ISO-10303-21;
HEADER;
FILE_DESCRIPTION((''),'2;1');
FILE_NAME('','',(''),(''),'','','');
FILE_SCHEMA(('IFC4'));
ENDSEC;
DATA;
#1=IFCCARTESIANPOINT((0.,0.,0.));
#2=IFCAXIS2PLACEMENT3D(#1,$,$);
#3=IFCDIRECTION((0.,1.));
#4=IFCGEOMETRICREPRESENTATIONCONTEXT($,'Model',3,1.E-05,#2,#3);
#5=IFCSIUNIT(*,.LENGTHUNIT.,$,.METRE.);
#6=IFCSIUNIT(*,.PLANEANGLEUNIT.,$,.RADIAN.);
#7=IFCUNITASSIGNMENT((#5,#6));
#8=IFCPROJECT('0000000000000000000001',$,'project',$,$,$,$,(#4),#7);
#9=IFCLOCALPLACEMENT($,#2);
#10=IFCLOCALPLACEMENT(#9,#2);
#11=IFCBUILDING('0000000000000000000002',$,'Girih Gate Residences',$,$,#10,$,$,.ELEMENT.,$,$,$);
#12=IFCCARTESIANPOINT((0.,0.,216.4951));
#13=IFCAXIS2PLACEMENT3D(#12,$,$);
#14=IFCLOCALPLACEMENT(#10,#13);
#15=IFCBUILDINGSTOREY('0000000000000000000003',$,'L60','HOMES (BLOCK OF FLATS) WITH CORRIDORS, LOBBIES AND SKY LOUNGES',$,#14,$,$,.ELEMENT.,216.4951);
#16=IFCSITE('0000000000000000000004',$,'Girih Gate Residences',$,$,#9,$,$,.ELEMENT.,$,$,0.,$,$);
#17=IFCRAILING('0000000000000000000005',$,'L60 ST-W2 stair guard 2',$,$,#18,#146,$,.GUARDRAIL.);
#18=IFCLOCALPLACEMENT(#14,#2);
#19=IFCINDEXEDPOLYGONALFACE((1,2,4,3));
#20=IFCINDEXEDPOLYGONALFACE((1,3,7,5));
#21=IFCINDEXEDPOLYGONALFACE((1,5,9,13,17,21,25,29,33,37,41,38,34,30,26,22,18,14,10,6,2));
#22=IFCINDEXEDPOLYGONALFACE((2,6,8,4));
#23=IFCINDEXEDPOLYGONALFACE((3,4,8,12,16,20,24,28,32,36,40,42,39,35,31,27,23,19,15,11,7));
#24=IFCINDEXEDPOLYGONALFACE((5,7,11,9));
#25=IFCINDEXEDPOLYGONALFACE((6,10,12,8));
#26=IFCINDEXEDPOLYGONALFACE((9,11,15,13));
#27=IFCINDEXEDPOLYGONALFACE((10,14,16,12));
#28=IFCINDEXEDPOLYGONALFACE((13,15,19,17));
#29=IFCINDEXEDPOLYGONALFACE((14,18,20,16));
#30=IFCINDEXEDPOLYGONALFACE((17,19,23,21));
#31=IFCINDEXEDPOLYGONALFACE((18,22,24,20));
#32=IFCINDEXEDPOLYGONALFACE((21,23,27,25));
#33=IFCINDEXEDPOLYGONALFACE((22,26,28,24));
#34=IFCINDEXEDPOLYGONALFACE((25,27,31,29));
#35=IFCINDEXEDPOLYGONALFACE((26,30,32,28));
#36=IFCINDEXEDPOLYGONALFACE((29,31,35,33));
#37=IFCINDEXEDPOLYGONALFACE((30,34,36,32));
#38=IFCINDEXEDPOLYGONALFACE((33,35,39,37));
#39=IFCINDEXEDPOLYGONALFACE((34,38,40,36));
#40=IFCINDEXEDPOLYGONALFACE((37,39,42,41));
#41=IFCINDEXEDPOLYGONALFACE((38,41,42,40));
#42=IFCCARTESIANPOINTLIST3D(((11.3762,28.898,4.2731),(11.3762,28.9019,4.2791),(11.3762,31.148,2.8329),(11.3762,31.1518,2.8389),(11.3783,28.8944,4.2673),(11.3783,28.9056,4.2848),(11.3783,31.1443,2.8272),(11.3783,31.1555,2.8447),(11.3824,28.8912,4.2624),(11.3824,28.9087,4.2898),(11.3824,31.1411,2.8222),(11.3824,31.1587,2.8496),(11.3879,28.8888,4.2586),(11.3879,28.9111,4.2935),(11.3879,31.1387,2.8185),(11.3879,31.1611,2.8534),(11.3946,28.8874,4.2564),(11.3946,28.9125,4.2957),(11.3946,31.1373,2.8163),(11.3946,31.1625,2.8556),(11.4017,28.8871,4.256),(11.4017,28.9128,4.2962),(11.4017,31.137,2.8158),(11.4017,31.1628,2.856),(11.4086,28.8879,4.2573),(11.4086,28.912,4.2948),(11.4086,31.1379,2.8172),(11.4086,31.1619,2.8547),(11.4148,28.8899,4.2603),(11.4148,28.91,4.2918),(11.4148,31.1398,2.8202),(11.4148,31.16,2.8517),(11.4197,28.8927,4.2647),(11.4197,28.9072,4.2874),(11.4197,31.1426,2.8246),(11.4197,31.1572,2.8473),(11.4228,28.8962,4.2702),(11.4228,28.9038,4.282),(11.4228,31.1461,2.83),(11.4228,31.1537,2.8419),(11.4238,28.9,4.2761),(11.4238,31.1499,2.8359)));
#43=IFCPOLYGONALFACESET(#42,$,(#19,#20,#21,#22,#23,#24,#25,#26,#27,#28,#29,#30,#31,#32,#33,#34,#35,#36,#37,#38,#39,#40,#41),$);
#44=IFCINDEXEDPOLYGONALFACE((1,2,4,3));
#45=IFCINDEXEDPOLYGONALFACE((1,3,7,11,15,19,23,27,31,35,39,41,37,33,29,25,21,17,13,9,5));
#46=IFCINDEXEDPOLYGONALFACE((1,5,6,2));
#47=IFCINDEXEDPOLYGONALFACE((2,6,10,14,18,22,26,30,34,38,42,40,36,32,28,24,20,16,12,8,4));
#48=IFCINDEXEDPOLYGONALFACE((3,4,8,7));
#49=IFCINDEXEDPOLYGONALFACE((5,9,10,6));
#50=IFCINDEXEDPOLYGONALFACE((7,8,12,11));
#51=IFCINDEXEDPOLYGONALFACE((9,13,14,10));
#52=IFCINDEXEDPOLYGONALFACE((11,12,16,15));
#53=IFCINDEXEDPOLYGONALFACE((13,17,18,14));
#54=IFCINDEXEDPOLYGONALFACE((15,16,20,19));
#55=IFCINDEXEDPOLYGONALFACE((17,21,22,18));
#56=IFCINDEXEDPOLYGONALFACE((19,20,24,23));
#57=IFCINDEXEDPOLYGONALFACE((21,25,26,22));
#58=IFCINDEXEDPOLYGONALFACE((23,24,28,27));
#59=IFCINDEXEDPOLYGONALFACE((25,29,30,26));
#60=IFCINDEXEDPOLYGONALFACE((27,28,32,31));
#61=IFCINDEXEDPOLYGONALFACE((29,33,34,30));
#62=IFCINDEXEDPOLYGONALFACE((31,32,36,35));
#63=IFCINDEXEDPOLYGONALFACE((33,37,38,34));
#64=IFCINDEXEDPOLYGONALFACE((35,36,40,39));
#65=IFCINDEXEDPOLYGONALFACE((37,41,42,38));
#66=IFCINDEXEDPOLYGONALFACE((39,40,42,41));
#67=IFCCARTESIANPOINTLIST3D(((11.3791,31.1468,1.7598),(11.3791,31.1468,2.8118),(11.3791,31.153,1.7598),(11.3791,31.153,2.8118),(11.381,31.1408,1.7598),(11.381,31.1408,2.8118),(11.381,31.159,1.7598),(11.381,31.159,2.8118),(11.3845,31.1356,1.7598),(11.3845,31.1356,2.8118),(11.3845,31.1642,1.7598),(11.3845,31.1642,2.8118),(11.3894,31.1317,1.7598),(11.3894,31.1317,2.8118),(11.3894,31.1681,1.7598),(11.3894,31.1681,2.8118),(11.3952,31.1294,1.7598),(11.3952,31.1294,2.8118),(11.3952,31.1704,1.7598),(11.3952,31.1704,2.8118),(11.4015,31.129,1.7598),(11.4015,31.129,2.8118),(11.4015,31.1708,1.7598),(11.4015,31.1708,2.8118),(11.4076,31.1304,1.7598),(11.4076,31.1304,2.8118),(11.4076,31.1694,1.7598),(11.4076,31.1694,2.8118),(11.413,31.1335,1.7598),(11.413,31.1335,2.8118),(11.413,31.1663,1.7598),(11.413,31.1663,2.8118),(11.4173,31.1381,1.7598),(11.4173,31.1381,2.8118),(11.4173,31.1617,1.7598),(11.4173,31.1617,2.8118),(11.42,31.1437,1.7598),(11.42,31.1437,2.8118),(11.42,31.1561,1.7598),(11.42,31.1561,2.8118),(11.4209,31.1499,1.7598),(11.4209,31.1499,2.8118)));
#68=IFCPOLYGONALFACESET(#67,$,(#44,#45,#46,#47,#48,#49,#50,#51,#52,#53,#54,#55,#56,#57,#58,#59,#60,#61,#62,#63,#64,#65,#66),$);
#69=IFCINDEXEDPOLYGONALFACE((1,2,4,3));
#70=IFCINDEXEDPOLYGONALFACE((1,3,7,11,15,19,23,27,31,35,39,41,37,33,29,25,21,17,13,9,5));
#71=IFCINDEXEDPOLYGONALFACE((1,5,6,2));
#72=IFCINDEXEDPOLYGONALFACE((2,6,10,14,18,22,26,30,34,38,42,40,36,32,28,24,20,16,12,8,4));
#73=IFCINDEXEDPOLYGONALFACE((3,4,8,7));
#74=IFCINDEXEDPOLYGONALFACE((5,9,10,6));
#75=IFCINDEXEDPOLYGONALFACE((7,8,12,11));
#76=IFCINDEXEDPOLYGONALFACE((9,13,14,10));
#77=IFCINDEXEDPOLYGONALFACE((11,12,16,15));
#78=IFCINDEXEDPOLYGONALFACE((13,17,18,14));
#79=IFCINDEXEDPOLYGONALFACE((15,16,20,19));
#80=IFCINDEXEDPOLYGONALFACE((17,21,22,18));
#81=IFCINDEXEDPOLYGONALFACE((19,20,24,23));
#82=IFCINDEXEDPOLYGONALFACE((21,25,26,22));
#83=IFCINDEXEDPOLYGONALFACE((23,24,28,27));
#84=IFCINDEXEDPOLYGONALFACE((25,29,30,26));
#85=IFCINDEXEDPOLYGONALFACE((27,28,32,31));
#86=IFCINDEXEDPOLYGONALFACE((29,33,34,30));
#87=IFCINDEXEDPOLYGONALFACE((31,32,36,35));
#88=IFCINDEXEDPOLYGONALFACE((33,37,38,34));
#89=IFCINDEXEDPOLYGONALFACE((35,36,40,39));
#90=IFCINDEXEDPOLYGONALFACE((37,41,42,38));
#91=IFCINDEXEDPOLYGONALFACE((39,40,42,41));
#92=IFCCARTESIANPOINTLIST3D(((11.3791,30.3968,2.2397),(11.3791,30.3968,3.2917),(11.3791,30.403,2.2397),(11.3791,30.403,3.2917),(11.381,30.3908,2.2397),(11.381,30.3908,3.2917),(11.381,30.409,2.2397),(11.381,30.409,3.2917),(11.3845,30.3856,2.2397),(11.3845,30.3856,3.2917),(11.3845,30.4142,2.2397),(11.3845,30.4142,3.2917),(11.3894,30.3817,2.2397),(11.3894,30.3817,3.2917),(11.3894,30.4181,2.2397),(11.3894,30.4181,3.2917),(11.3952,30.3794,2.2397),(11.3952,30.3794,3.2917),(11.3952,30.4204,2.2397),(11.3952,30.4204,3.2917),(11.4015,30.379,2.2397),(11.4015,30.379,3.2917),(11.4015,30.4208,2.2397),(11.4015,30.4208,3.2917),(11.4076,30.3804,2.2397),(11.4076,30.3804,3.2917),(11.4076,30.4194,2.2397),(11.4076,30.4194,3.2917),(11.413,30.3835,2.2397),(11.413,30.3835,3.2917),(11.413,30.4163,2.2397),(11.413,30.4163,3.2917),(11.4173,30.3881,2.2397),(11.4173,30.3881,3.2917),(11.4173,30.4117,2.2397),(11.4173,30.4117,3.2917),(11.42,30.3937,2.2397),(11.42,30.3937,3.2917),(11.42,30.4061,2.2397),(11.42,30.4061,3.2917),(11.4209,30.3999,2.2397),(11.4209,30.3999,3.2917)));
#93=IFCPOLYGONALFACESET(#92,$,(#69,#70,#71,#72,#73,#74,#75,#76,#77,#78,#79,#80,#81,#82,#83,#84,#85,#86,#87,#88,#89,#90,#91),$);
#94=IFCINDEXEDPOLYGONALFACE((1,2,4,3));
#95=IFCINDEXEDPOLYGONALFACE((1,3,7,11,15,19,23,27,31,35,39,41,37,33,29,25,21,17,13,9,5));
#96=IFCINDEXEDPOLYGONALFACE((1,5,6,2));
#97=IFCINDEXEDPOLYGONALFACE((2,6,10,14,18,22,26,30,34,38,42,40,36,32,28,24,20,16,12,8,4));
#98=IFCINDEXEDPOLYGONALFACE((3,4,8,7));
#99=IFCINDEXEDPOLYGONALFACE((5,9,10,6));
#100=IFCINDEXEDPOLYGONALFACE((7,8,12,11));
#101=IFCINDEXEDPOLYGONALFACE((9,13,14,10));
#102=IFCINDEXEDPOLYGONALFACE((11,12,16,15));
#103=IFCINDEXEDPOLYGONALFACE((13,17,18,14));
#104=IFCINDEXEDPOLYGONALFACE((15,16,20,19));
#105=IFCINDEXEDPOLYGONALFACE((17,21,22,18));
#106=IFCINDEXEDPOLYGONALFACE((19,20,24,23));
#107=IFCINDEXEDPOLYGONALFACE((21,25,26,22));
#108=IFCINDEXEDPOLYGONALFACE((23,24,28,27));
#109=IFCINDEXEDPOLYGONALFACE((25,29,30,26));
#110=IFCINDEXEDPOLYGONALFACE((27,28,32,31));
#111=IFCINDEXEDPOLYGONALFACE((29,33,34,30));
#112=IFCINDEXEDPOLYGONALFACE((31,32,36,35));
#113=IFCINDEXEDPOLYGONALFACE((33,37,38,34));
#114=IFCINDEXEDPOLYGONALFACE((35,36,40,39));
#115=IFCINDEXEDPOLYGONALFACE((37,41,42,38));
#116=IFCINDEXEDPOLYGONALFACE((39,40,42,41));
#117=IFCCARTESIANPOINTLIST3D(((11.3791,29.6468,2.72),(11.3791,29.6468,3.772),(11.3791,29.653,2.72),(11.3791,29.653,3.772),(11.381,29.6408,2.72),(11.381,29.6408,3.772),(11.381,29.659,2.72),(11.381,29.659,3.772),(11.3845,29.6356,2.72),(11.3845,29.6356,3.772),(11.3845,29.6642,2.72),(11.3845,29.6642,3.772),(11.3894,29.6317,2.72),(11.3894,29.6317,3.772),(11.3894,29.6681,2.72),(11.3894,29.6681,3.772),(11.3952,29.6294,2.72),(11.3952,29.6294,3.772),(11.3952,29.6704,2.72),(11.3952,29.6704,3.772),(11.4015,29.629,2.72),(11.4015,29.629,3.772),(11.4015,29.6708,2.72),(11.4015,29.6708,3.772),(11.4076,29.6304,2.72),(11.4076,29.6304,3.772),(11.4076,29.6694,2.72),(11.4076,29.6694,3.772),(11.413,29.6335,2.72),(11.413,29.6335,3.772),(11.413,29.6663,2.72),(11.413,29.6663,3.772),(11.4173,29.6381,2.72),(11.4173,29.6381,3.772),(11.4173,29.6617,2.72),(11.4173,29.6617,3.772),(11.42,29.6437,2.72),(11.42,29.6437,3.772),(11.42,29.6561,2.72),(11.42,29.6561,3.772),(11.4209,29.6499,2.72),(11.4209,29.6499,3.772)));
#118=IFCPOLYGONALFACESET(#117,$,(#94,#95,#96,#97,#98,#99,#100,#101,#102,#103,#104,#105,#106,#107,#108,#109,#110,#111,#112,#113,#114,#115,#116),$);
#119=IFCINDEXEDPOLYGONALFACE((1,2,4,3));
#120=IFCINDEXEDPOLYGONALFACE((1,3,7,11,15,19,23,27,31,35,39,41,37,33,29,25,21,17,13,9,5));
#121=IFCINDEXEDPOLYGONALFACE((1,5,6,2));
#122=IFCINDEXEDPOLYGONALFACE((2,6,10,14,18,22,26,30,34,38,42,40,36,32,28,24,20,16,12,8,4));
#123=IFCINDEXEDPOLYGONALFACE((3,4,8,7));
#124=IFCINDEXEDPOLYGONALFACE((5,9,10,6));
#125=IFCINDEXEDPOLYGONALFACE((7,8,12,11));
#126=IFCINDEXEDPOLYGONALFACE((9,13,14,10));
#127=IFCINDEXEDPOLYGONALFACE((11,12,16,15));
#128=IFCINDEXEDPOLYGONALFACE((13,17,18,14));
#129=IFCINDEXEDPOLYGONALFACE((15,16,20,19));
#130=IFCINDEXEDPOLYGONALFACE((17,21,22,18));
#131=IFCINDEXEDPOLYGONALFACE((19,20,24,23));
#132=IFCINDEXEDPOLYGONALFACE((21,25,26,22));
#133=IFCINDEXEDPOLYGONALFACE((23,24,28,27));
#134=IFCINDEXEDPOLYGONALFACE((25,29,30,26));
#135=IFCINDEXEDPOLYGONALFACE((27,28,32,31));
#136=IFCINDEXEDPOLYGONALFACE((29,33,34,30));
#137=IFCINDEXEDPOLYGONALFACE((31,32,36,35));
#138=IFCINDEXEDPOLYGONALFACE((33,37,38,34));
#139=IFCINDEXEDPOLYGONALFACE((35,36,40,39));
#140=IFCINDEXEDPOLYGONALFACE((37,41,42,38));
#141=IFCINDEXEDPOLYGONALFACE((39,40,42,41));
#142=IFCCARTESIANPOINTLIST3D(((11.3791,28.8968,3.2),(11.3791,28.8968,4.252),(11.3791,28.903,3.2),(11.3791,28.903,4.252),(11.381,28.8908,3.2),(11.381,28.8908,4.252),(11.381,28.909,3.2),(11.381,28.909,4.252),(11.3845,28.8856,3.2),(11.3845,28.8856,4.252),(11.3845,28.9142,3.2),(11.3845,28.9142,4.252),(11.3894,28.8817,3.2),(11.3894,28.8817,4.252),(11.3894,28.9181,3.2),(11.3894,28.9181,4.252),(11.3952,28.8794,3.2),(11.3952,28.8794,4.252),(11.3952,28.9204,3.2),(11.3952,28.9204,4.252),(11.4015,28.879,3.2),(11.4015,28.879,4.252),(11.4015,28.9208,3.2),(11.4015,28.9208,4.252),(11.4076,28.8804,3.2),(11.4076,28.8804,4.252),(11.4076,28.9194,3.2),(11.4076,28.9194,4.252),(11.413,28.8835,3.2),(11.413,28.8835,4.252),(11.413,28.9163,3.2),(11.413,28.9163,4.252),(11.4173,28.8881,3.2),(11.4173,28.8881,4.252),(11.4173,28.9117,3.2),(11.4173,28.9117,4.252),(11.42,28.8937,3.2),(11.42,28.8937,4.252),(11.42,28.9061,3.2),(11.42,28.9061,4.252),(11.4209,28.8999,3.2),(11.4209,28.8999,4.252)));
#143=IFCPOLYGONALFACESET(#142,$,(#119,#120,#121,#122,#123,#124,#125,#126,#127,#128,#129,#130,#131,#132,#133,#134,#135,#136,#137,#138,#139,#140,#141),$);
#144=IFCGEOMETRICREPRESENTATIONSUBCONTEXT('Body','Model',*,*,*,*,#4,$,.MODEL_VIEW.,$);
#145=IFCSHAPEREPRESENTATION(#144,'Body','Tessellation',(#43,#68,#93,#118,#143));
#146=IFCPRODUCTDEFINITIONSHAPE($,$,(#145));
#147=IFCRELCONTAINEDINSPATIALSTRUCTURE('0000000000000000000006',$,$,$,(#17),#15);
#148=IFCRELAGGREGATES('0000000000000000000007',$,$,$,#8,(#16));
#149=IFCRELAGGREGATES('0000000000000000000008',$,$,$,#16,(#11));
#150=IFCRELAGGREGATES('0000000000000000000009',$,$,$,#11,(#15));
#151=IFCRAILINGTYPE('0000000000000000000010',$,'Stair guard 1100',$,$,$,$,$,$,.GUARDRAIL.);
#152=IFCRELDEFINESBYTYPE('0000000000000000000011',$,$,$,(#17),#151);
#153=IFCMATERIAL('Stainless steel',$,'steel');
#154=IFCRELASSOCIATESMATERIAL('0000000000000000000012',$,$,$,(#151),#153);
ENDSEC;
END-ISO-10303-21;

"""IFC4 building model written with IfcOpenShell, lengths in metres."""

from ifc_helpers import new_model, si_unit, direction, frame, origin, origin_2d, place, context, subcontext, project, spatial, circle, extrude, material, type_object, element, save


model = new_model("IFC4")

# Units and contexts
model_context = context("Model", 3, precision=1e-05, world=origin(), true_north=direction((0.0, 1.0)))
body_context = subcontext(model_context, "Body", "Model", "MODEL_VIEW")
ifc_project = project(units=[si_unit("LENGTHUNIT", "METRE"), si_unit("PLANEANGLEUNIT", "RADIAN")], contexts=[model_context])

# Site, building, storey
site_placement = place(None, origin())
site = spatial("IfcSite", under=ifc_project, at=site_placement, Name="Girih Gate Residences", CompositionType="ELEMENT", RefElevation=0.0)
building_placement = place(site_placement, origin())
building = spatial("IfcBuilding", under=site, at=building_placement, Name="Girih Gate Residences", CompositionType="ELEMENT")
storey_placement = place(building_placement, frame((0.0, 0.0, 216.4951)))
storey = spatial("IfcBuildingStorey", under=building, at=storey_placement, Name="L60", Description="HOMES (BLOCK OF FLATS) WITH CORRIDORS, LOBBIES AND SKY LOUNGES", CompositionType="ELEMENT", Elevation=216.4951)

# Railing
ifc_material_1 = material(Name="Stainless steel", Category="steel")
railing_type_1 = type_object("IfcRailingType", Name="Stair guard 1100", PredefinedType="GUARDRAIL", material=ifc_material_1)
railing_1_placement = place(storey_placement, frame((11.3999, 31.1499, 1.7598)))
element("IfcRailing", 1, at=railing_1_placement, inside=storey, type_object=railing_type_1, Name="L60 ST-W2 stair guard 2", PredefinedType="GUARDRAIL", context=body_context, shape_type="SweptSolid", body=[
    extrude(circle(Radius=0.0239, at=origin_2d()), frame((0.0, 0.0, 1.0762), z_axis=(0.0, -0.84224, 0.539103), x_axis=(1.0, 0.0, 0.0)), (0.0, 0.0, 1.0), 2.6714),
    extrude(circle(Radius=0.021, at=origin_2d()), origin(), (0.0, 0.0, 1.0), 1.052),
    extrude(circle(Radius=0.021, at=origin_2d()), frame((0.0, -0.75, 0.48)), (0.0, 0.0, 1.0), 1.052),
    extrude(circle(Radius=0.021, at=origin_2d()), frame((0.0, -1.5, 0.9602)), (0.0, 0.0, 1.0), 1.052),
    extrude(circle(Radius=0.021, at=origin_2d()), frame((0.0, -2.25, 1.4402)), (0.0, 0.0, 1.0), 1.052),
])

save(model, "model.ifc")
